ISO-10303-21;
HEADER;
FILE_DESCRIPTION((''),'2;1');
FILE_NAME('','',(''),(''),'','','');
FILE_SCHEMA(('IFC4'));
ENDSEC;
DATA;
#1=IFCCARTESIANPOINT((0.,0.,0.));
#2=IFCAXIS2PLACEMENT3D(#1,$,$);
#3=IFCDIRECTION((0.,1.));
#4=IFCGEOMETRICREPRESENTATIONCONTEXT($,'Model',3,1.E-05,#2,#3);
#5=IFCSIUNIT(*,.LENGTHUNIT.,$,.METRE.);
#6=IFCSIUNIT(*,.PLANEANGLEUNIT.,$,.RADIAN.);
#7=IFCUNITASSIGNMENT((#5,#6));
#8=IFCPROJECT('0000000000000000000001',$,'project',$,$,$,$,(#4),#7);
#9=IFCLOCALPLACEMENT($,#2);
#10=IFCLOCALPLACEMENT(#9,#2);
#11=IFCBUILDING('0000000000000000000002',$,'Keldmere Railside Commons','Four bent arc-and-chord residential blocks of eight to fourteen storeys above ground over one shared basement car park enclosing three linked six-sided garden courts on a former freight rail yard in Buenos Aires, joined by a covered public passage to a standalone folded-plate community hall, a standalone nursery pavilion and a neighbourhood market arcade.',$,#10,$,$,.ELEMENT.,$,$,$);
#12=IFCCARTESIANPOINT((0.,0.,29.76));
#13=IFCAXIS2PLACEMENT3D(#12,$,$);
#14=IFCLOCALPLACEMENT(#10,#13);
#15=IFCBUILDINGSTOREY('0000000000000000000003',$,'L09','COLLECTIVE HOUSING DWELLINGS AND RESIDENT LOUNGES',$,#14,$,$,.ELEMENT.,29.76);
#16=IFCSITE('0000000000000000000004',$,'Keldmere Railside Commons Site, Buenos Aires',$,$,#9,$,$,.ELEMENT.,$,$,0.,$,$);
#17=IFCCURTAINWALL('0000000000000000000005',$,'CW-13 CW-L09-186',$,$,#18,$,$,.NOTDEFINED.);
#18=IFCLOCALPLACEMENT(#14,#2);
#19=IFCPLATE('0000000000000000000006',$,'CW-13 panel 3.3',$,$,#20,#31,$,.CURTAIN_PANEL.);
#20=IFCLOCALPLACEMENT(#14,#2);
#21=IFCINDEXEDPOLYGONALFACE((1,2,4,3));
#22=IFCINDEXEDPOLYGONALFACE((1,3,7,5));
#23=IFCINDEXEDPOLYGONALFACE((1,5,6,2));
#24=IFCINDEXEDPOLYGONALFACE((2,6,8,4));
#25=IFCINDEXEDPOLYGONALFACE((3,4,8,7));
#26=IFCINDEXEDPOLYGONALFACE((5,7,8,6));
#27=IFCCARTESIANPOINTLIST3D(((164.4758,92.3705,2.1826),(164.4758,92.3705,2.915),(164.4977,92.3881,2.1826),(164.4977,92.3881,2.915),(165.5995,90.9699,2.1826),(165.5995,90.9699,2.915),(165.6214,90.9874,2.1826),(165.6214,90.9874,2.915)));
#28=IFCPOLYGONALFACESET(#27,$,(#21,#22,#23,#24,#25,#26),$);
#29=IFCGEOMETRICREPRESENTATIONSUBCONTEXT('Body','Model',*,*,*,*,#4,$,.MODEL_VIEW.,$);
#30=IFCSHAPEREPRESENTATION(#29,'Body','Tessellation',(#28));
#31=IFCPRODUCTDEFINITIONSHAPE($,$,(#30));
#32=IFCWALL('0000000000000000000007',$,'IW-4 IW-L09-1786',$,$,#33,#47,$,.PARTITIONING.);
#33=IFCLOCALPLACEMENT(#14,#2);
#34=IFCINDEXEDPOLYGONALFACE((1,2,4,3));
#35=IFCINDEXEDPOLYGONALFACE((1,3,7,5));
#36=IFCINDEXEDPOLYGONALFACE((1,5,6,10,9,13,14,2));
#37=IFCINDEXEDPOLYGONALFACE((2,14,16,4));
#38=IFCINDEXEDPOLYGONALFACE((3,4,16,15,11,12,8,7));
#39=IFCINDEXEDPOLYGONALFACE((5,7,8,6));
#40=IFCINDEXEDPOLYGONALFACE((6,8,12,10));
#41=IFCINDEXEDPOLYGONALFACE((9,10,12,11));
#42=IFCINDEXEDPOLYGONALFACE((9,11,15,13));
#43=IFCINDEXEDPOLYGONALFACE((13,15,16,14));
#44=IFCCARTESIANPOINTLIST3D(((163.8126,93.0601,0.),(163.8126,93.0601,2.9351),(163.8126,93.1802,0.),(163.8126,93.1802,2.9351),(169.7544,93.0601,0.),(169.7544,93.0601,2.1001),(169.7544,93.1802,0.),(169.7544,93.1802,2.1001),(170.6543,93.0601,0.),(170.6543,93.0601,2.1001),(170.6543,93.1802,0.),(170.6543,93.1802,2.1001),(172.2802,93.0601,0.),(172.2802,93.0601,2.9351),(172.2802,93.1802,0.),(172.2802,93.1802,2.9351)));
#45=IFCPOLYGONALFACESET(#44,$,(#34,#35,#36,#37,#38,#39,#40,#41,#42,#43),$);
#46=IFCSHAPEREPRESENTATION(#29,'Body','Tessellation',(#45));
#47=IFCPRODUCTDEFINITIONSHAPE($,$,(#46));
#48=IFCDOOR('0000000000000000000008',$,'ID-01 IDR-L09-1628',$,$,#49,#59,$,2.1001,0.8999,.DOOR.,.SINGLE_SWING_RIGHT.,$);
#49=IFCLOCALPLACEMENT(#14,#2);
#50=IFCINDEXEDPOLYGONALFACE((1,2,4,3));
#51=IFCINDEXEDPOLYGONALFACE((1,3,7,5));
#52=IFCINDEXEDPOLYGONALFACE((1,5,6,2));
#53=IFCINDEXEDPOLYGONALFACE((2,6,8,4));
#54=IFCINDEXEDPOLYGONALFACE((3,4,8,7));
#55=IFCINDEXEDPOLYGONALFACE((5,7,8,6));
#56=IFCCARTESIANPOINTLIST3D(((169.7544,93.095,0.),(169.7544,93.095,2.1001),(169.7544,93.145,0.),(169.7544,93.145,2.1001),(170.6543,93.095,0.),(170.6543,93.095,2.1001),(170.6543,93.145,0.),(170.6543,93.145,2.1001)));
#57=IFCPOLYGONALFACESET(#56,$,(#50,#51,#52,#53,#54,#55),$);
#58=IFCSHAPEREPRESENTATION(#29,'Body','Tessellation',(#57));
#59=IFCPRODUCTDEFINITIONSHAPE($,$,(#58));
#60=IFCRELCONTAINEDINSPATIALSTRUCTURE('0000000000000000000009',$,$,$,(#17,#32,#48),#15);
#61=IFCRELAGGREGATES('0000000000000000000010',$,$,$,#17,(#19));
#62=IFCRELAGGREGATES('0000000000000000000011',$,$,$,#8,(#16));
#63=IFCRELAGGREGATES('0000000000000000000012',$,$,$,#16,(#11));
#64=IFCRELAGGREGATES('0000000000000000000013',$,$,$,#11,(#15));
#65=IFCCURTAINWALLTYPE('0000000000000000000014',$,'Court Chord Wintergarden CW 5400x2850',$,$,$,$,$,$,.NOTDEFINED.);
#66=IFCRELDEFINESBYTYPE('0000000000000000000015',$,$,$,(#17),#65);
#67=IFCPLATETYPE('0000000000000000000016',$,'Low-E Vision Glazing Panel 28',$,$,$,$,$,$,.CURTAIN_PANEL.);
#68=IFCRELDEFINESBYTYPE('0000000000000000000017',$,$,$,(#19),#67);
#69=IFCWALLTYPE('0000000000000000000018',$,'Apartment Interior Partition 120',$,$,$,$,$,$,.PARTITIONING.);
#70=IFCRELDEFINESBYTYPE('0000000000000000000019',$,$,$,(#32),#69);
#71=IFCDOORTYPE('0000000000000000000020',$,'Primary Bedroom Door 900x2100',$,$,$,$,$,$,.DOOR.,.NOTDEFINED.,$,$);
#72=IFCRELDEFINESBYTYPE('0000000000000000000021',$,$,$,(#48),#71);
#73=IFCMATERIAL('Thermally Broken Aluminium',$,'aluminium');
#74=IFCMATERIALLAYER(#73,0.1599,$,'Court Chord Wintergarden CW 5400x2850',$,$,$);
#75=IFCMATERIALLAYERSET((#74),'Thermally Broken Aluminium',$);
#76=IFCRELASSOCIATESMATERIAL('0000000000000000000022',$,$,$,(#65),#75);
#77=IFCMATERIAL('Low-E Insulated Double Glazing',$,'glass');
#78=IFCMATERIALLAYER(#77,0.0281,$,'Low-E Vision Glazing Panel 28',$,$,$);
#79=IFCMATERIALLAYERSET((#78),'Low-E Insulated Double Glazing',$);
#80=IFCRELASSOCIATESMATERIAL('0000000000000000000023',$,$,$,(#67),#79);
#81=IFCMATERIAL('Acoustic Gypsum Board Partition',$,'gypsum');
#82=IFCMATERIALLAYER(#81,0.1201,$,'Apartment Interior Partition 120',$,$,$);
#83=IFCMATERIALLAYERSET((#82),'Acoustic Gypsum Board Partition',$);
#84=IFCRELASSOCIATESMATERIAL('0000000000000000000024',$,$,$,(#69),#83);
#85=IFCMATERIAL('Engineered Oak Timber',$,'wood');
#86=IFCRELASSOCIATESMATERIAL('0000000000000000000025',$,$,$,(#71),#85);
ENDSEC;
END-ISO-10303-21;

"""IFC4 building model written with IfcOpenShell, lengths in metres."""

from ifc_helpers import new_model, si_unit, direction, frame, frame_2d, origin, origin_2d, place, context, subcontext, project, spatial, rectangle, extrude, material, layer, layer_set, type_object, element, fill, aggregate, save


model = new_model("IFC4")

# Units and contexts
model_context = context("Model", 3, precision=1e-05, world=origin(), true_north=direction((0.0, 1.0)))
body_context = subcontext(model_context, "Body", "Model", "MODEL_VIEW")
ifc_project = project(units=[si_unit("LENGTHUNIT", "METRE"), si_unit("PLANEANGLEUNIT", "RADIAN")], contexts=[model_context])

# Site, building, storey
site_placement = place(None, origin())
site = spatial("IfcSite", under=ifc_project, at=site_placement, Name="Keldmere Railside Commons Site, Buenos Aires", CompositionType="ELEMENT", RefElevation=0.0)
building_placement = place(site_placement, origin())
building = spatial("IfcBuilding", under=site, at=building_placement, Name="Keldmere Railside Commons", Description="Four bent arc-and-chord residential blocks of eight to fourteen storeys above ground over one shared basement car park enclosing three linked six-sided garden courts on a former freight rail yard in Buenos Aires, joined by a covered public passage to a standalone folded-plate community hall, a standalone nursery pavilion and a neighbourhood market arcade.", CompositionType="ELEMENT")
storey_placement = place(building_placement, frame((0.0, 0.0, 29.76)))
storey = spatial("IfcBuildingStorey", under=building, at=storey_placement, Name="L09", Description="COLLECTIVE HOUSING DWELLINGS AND RESIDENT LOUNGES", CompositionType="ELEMENT", Elevation=29.76)

# Shared definitions
ifc_material_1 = material(Name="Thermally Broken Aluminium", Category="aluminium")
ifc_layer_1 = layer(ifc_material_1, 0.1599, Name="Court Chord Wintergarden CW 5400x2850")
ifc_layer_set_1 = layer_set([ifc_layer_1], Name="Thermally Broken Aluminium")
curtain_wall_type_1 = type_object("IfcCurtainWallType", Name="Court Chord Wintergarden CW 5400x2850", PredefinedType="NOTDEFINED", material=ifc_layer_set_1)

# Curtain wall
curtain_wall_1_placement = place(storey_placement, origin())
curtain_wall_1 = element("IfcCurtainWall", 1, at=curtain_wall_1_placement, inside=storey, type_object=curtain_wall_type_1, Name="CW-13 CW-L09-186", PredefinedType="NOTDEFINED")

# Plate
ifc_material_2 = material(Name="Low-E Insulated Double Glazing", Category="glass")
ifc_layer_2 = layer(ifc_material_2, 0.0281, Name="Low-E Vision Glazing Panel 28")
ifc_layer_set_2 = layer_set([ifc_layer_2], Name="Low-E Insulated Double Glazing")
plate_type_1 = type_object("IfcPlateType", Name="Low-E Vision Glazing Panel 28", PredefinedType="CURTAIN_PANEL", material=ifc_layer_set_2)
plate_1_placement = place(storey_placement, frame((165.0486, 91.679, 2.1826), z_axis=(0.0, 0.0, 1.0), x_axis=(-0.625768, 0.780009, 0.0)))
plate_1 = element("IfcPlate", 2, at=plate_1_placement, type_object=plate_type_1, Name="CW-13 panel 3.3", PredefinedType="CURTAIN_PANEL", context=body_context, shape_type="SweptSolid", body=[
    extrude(rectangle(XDim=1.7957, YDim=0.0281, at=origin_2d()), origin(), (0.0, 0.0, 1.0), 0.7324),
])
aggregate(curtain_wall_1, [plate_1])

# Wall, opening, door
ifc_material_3 = material(Name="Acoustic Gypsum Board Partition", Category="gypsum")
ifc_layer_3 = layer(ifc_material_3, 0.1201, Name="Apartment Interior Partition 120")
ifc_layer_set_3 = layer_set([ifc_layer_3], Name="Acoustic Gypsum Board Partition")
wall_type = type_object("IfcWallType", Name="Apartment Interior Partition 120", PredefinedType="PARTITIONING", material=ifc_layer_set_3)
wall_placement = place(storey_placement, frame((163.8125, 93.1201, 0.0), z_axis=(0.0, 0.0, 1.0), x_axis=(1.0, 0.0, 0.0)))
wall = element("IfcWall", 3, at=wall_placement, inside=storey, type_object=wall_type, Name="IW-4 IW-L09-1786", PredefinedType="PARTITIONING", context=body_context, shape_type="SweptSolid", body=[
    extrude(rectangle(XDim=8.4675, YDim=0.1201, at=frame_2d((4.2339, 0.0))), origin(), (0.0, 0.0, 1.0), 2.9351),
])
opening_placement = place(wall_placement, frame((5.9419, 0.0, 0.0)))
opening = element("IfcOpeningElement", 4, at=opening_placement, cuts=wall, PredefinedType="OPENING", context=body_context, shape_type="SweptSolid", body=[
    extrude(rectangle(XDim=0.8999, YDim=2.1001, at=frame_2d((0.45, 1.05))), frame((0.0, 0.0701, 0.0), z_axis=(0.0, -1.0, 0.0), x_axis=(1.0, 0.0, 0.0)), (0.0, 0.0, 1.0), 0.1401),
])
ifc_material_4 = material(Name="Engineered Oak Timber", Category="wood")
door_type = type_object("IfcDoorType", Name="Primary Bedroom Door 900x2100", OperationType="NOTDEFINED", PredefinedType="DOOR", material=ifc_material_4)
door_placement = place(opening_placement, origin())
door = element("IfcDoor", 5, at=door_placement, inside=storey, type_object=door_type, Name="ID-01 IDR-L09-1628", OperationType="SINGLE_SWING_RIGHT", OverallHeight=2.1001, OverallWidth=0.8999, PredefinedType="DOOR", context=body_context, shape_type="SweptSolid", body=[
    extrude(rectangle(XDim=0.8999, YDim=2.1001, at=frame_2d((0.45, 1.05))), frame((0.0, 0.0249, 0.0), z_axis=(0.0, -1.0, 0.0), x_axis=(1.0, 0.0, 0.0)), (0.0, 0.0, 1.0), 0.05),
])
fill(opening, door)

save(model, "model.ifc")
